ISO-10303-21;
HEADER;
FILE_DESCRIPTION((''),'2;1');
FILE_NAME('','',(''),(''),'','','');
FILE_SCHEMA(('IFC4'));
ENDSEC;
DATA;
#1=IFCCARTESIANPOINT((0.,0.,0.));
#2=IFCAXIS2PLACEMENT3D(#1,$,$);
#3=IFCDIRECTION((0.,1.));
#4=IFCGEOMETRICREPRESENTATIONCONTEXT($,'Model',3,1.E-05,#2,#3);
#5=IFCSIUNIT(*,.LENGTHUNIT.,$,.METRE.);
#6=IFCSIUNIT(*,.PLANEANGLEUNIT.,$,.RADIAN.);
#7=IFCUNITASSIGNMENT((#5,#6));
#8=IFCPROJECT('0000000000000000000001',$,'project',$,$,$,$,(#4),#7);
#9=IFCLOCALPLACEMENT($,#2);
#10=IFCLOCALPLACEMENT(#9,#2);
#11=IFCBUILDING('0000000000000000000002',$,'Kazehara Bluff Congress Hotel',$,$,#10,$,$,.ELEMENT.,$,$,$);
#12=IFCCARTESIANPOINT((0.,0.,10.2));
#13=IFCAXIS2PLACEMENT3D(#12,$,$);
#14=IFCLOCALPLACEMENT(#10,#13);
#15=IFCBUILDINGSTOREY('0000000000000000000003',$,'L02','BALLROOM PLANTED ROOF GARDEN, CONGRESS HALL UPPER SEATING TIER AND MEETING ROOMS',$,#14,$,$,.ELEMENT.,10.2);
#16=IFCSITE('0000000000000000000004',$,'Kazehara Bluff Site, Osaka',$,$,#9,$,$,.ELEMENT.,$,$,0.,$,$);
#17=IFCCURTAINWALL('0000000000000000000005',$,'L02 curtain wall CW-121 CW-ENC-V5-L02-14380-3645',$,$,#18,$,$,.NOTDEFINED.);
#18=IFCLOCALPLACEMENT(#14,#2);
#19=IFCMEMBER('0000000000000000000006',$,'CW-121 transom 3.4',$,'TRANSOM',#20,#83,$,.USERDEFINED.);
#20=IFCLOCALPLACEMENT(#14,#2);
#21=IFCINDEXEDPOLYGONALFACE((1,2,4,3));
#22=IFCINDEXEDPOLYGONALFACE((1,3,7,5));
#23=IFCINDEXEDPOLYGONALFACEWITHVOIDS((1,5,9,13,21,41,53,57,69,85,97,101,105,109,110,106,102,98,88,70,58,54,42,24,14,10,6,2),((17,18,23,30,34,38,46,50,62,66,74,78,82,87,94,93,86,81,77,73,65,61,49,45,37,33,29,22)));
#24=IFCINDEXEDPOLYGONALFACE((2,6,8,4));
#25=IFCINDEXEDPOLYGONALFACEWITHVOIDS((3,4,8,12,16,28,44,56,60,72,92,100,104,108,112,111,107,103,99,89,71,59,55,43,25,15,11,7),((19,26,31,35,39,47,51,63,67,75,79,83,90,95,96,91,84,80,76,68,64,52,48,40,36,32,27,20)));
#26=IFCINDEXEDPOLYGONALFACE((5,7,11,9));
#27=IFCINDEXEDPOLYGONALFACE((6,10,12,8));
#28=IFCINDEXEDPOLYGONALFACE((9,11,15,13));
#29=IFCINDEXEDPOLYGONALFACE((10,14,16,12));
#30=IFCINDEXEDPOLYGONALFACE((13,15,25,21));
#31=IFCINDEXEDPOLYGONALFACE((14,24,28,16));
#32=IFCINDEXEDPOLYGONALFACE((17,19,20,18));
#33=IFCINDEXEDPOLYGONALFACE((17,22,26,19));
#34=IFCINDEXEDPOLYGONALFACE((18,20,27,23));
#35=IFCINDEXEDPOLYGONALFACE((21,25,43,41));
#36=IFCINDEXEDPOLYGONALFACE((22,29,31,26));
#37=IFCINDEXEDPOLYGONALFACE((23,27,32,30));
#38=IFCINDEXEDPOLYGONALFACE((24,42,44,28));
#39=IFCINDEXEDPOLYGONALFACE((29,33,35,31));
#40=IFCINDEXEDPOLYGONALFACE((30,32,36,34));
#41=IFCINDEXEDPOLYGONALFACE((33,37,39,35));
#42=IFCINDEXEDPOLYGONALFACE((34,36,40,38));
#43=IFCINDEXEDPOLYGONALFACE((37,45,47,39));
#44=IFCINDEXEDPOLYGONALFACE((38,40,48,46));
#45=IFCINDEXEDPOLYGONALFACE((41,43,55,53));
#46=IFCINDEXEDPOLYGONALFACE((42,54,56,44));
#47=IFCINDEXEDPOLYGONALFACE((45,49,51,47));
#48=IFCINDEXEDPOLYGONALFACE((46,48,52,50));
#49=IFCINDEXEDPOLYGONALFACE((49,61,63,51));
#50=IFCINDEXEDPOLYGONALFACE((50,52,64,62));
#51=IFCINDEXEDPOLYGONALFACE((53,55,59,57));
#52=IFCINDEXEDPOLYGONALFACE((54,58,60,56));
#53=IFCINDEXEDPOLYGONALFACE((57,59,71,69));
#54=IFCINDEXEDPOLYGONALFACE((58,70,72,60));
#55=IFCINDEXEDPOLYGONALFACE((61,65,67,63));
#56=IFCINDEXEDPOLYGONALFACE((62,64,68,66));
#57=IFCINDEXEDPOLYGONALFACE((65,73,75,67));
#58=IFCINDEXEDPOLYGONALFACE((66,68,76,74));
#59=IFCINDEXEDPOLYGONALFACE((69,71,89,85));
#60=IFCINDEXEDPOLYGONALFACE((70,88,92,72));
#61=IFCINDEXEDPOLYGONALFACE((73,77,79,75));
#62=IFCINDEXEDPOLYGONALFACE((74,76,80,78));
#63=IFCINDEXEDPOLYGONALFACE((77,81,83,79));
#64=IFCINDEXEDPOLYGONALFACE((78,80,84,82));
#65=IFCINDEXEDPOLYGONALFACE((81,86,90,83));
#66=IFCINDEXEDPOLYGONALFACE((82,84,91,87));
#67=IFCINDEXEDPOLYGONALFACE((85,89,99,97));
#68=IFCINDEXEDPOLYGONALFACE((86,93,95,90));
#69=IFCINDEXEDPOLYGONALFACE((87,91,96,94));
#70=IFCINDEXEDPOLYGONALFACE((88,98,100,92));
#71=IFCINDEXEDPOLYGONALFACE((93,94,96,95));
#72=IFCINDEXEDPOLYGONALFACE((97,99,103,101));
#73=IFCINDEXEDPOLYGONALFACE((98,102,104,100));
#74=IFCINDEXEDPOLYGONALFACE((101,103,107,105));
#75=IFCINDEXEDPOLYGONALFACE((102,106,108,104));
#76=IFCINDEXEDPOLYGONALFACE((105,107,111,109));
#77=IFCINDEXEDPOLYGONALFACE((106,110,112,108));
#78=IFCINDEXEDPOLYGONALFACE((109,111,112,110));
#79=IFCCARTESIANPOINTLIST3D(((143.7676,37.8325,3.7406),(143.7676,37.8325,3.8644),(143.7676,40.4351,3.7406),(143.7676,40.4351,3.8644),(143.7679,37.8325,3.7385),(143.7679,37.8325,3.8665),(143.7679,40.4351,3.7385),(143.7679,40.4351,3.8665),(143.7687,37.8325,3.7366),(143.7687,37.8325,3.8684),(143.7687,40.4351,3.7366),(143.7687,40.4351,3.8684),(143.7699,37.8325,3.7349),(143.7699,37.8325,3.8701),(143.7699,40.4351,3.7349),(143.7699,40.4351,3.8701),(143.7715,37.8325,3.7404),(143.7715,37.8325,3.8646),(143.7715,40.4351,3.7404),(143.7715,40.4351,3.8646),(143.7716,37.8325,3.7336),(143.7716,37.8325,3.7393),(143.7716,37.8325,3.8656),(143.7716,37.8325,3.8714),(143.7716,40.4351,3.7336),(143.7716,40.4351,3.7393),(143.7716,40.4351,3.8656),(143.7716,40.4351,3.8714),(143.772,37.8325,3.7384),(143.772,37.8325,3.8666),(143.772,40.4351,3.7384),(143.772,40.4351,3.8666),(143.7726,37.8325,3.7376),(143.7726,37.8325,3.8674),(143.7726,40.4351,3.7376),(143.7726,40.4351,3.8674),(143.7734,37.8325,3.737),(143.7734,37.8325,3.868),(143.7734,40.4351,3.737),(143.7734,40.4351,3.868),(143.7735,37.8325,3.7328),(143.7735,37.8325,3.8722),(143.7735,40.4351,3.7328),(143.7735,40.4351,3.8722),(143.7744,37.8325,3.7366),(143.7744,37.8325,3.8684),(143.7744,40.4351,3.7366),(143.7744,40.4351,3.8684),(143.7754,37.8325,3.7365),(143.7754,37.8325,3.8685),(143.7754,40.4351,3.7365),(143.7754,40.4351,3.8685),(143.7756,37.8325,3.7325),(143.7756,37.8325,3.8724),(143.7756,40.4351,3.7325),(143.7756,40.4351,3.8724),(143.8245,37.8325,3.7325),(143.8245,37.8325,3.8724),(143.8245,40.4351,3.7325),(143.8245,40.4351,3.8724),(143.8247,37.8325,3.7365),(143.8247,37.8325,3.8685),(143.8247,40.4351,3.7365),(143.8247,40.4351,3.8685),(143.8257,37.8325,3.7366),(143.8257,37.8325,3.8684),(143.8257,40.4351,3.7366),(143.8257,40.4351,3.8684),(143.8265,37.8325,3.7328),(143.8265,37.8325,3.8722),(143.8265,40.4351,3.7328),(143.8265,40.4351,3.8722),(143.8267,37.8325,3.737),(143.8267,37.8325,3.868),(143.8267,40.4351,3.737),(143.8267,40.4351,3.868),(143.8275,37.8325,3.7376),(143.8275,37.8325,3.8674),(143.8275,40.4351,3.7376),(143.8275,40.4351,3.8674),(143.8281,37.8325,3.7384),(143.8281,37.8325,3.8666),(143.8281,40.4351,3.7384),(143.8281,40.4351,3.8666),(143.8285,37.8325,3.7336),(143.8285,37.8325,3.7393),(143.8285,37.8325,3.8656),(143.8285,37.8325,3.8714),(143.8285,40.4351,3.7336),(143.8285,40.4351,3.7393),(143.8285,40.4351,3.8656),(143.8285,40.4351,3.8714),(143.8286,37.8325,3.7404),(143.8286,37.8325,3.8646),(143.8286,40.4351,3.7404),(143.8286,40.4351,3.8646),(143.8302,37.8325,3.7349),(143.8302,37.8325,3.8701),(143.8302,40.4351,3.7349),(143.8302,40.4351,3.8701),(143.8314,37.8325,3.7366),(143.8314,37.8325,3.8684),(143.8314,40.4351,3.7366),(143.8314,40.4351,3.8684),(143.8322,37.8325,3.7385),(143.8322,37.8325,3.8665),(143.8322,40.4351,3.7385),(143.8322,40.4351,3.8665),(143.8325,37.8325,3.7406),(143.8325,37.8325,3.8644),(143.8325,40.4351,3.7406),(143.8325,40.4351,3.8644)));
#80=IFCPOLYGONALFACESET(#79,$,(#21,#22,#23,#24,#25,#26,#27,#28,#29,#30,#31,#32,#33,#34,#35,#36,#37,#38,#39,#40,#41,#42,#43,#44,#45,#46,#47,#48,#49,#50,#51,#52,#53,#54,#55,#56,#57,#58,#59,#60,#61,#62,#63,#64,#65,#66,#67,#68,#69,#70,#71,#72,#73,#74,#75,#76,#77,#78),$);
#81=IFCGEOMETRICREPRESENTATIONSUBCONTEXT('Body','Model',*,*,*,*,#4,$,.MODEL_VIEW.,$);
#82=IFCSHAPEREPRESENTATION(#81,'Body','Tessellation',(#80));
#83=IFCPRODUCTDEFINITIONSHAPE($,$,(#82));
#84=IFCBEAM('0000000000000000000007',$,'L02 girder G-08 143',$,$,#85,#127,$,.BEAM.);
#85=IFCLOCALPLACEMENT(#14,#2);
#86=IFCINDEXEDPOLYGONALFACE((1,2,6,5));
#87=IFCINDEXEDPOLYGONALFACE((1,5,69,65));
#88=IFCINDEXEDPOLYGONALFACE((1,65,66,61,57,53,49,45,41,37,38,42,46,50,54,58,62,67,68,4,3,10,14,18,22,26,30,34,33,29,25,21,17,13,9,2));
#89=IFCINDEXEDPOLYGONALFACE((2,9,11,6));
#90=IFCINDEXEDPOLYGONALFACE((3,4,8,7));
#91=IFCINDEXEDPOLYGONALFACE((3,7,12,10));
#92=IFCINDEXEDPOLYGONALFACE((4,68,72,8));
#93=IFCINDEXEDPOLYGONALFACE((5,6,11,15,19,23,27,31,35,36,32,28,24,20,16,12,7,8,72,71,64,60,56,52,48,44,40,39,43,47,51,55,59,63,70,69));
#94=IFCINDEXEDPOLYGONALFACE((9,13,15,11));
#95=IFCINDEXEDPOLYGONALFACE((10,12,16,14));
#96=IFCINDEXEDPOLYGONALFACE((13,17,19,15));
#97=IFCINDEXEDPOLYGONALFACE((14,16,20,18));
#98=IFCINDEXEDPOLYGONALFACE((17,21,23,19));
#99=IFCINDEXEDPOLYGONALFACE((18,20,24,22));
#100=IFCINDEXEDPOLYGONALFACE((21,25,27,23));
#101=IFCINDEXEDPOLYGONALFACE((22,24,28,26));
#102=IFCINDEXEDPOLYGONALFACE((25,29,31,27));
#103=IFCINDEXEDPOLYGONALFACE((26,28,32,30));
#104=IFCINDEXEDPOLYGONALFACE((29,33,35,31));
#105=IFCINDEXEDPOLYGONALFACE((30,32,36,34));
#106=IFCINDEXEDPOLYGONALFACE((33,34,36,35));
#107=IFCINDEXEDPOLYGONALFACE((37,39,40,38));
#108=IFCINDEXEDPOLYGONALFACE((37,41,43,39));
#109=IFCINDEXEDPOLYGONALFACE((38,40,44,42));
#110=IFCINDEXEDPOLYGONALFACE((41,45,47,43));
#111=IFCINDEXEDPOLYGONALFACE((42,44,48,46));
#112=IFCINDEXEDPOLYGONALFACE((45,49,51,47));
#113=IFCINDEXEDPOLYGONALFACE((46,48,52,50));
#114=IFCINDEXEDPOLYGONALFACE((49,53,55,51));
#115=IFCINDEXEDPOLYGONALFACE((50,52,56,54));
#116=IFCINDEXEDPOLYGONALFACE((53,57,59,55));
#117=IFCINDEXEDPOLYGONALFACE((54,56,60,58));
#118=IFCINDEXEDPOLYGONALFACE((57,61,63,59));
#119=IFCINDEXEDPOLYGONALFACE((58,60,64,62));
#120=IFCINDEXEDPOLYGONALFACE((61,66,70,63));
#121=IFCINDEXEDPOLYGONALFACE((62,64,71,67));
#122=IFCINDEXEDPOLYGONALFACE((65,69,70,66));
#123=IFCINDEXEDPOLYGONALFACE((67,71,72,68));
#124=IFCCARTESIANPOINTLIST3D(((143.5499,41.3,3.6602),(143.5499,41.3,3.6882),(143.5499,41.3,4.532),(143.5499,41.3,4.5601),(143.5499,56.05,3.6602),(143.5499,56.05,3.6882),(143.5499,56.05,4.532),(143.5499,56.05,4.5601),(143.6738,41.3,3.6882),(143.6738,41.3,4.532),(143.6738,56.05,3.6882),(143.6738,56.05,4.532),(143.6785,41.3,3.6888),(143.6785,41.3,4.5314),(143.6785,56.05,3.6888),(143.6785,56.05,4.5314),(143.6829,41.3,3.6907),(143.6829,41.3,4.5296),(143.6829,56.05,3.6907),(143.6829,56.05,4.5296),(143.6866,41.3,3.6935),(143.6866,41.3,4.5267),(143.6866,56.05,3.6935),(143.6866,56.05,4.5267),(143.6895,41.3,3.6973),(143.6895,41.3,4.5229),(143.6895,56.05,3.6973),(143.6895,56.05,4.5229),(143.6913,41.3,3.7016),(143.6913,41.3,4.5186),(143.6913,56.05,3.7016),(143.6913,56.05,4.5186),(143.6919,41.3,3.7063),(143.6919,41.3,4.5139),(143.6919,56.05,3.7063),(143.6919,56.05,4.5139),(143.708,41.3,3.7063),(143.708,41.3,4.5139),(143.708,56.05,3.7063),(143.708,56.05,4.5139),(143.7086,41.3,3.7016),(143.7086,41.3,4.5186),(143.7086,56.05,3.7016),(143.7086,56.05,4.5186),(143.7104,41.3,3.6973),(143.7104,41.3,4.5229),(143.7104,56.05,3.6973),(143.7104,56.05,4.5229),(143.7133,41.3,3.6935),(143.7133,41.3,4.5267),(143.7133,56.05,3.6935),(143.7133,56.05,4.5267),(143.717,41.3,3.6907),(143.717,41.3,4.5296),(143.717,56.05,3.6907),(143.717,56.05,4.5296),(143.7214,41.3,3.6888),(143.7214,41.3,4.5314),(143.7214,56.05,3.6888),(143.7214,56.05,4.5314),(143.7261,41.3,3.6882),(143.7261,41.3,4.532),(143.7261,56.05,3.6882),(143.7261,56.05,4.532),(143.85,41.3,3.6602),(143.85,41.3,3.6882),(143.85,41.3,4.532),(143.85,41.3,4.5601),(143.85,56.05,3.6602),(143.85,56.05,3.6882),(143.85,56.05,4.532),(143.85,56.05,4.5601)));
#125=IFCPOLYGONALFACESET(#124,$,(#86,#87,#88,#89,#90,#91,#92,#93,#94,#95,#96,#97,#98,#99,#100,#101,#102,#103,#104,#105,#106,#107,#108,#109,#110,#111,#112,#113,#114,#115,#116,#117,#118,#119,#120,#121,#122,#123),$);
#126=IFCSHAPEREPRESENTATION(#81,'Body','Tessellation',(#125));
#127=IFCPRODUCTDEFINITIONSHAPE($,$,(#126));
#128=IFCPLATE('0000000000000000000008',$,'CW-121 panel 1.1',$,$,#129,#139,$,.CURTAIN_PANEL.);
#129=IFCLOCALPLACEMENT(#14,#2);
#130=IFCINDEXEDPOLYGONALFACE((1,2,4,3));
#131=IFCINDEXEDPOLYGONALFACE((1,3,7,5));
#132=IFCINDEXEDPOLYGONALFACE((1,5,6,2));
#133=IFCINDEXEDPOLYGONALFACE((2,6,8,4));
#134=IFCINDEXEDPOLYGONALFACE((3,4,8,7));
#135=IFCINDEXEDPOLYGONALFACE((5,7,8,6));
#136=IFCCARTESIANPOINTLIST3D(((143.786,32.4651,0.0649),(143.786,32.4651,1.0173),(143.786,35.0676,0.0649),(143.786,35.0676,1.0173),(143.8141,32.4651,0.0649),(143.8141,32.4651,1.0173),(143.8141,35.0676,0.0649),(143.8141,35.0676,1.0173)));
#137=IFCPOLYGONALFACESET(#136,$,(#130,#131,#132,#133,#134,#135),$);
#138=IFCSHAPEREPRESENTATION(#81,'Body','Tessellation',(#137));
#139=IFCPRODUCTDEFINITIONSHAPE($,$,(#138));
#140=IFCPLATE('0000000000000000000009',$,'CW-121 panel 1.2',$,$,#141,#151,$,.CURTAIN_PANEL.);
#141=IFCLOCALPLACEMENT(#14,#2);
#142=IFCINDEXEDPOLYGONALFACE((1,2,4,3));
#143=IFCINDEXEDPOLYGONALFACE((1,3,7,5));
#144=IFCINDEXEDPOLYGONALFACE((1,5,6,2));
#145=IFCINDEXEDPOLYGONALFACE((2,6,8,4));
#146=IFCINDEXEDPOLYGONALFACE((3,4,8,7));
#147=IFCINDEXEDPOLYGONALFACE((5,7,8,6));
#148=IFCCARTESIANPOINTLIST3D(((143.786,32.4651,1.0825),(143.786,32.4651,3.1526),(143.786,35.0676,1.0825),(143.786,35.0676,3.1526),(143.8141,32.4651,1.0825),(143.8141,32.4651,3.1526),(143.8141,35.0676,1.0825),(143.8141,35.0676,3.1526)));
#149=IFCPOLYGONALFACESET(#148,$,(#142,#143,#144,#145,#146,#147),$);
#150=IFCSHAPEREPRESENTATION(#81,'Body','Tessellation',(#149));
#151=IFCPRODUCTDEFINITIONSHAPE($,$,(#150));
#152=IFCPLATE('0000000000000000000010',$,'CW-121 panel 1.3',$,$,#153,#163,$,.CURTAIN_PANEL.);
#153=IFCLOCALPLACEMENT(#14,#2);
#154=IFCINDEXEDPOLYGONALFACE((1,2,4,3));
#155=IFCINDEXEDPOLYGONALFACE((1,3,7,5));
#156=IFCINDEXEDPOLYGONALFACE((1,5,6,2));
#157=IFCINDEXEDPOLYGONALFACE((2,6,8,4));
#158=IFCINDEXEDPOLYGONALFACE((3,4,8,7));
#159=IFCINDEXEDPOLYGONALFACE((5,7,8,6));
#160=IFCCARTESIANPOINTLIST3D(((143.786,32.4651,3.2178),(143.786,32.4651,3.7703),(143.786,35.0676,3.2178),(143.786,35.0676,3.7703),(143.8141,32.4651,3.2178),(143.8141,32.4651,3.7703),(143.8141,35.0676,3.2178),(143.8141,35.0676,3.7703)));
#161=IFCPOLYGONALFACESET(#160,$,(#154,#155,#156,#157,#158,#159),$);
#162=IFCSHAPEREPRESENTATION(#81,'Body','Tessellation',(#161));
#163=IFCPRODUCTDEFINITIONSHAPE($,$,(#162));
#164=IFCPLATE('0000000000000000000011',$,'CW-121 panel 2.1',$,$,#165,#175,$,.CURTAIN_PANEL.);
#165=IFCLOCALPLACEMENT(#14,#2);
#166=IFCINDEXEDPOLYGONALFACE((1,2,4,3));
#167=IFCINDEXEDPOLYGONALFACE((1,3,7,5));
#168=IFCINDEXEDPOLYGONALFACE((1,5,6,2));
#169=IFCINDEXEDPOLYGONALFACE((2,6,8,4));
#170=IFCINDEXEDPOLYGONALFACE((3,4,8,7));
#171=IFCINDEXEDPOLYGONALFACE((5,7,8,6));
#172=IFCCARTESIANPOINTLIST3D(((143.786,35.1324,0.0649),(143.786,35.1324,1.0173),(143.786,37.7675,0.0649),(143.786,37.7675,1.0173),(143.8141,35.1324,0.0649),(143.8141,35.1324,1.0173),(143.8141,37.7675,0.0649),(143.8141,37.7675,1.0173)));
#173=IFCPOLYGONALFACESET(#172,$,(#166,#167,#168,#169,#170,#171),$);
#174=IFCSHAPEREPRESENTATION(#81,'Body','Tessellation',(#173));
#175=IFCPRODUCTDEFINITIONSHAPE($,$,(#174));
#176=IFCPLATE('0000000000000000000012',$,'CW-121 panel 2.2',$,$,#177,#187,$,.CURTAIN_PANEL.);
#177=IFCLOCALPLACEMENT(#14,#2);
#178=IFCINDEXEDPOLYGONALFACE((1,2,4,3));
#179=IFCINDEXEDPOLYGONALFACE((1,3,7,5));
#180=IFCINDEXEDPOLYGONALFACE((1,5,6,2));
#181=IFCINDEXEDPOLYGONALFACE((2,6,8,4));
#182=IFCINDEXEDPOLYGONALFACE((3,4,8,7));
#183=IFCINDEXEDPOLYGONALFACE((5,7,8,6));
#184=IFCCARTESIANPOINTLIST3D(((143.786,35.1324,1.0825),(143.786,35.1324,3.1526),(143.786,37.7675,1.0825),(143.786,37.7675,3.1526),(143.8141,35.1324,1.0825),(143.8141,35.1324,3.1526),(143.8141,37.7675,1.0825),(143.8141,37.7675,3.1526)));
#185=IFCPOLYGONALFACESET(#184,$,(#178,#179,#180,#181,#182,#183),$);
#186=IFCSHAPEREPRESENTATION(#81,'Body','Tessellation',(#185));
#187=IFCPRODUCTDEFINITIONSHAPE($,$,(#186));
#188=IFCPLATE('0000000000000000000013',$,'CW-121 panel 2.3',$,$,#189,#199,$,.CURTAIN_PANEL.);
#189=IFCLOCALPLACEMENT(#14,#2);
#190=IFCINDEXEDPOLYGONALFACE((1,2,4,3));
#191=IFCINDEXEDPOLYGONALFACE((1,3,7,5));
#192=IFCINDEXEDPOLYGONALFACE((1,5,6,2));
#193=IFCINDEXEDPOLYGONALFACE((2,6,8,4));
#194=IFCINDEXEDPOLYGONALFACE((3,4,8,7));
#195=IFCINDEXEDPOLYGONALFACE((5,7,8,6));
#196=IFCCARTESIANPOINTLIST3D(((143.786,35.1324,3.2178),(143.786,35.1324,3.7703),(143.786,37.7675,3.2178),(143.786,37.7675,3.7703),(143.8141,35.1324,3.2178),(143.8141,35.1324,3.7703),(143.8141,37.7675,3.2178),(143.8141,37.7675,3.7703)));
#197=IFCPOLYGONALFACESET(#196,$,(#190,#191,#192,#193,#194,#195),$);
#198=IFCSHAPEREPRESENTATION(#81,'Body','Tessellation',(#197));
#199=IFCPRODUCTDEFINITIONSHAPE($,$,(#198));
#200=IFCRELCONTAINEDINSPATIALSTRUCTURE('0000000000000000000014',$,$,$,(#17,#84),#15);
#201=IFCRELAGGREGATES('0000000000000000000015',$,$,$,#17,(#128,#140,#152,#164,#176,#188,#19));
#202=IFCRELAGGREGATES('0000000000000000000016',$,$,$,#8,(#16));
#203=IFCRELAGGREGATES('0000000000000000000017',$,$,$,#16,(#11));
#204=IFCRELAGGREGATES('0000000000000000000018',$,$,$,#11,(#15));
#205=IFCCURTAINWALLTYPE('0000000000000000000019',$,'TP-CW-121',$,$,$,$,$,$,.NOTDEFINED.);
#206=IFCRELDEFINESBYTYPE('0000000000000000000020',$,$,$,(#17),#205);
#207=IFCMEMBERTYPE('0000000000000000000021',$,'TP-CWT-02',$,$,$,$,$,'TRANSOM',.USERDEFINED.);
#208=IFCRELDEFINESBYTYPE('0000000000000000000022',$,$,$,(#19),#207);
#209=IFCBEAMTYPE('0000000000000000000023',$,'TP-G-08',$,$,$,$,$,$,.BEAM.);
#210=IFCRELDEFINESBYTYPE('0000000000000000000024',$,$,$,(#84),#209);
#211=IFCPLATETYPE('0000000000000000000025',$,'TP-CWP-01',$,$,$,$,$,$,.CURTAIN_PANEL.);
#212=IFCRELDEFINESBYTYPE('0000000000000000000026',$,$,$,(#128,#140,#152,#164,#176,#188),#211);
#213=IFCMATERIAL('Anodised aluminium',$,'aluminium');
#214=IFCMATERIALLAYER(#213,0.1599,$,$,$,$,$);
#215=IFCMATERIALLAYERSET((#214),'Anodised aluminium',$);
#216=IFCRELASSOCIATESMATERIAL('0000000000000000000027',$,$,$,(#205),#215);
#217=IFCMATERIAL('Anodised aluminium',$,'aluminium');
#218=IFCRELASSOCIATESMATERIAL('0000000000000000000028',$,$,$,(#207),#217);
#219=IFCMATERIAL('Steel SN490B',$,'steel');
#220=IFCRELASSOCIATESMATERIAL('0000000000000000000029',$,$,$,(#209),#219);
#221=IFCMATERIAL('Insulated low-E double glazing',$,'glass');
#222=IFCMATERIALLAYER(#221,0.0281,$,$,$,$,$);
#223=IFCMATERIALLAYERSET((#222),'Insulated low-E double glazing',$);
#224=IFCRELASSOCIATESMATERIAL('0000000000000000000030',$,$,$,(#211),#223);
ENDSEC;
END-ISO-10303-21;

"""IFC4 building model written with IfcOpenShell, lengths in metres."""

from ifc_helpers import new_model, si_unit, direction, frame, origin, origin_2d, place, context, subcontext, project, spatial, rectangle, hollow_rectangle, i_section, extrude, material, layer, layer_set, material_profile, profile_set, type_object, element, aggregate, save


model = new_model("IFC4")

# Units and contexts
model_context = context("Model", 3, precision=1e-05, world=origin(), true_north=direction((0.0, 1.0)))
body_context = subcontext(model_context, "Body", "Model", "MODEL_VIEW")
ifc_project = project(units=[si_unit("LENGTHUNIT", "METRE"), si_unit("PLANEANGLEUNIT", "RADIAN")], contexts=[model_context])

# Site, building, storey
site_placement = place(None, origin())
site = spatial("IfcSite", under=ifc_project, at=site_placement, Name="Kazehara Bluff Site, Osaka", CompositionType="ELEMENT", RefElevation=0.0)
building_placement = place(site_placement, origin())
building = spatial("IfcBuilding", under=site, at=building_placement, Name="Kazehara Bluff Congress Hotel", CompositionType="ELEMENT")
storey_placement = place(building_placement, frame((0.0, 0.0, 10.2)))
storey = spatial("IfcBuildingStorey", under=building, at=storey_placement, Name="L02", Description="BALLROOM PLANTED ROOF GARDEN, CONGRESS HALL UPPER SEATING TIER AND MEETING ROOMS", CompositionType="ELEMENT", Elevation=10.2)

# Curtain wall
ifc_material_1 = material(Name="Anodised aluminium", Category="aluminium")
ifc_layer_1 = layer(ifc_material_1, 0.1599)
ifc_layer_set_1 = layer_set([ifc_layer_1], Name="Anodised aluminium")
curtain_wall_type_1 = type_object("IfcCurtainWallType", Name="TP-CW-121", PredefinedType="NOTDEFINED", material=ifc_layer_set_1)
curtain_wall_1_placement = place(storey_placement, origin())
curtain_wall_1 = element("IfcCurtainWall", 1, at=curtain_wall_1_placement, inside=storey, type_object=curtain_wall_type_1, Name="L02 curtain wall CW-121 CW-ENC-V5-L02-14380-3645", PredefinedType="NOTDEFINED")

# Member
ifc_material_2 = material(Name="Anodised aluminium", Category="aluminium")
ifc_material_profile_1 = material_profile(ifc_material_2, hollow_rectangle(XDim=0.0649, YDim=0.1399, WallThickness=0.0039, InnerFilletRadius=0.0039, OuterFilletRadius=0.0081, at=origin_2d()))
ifc_profile_set_1 = profile_set([ifc_material_profile_1], Name="Anodised aluminium")
member_type_1 = type_object("IfcMemberType", Name="TP-CWT-02", ElementType="TRANSOM", PredefinedType="USERDEFINED", material=ifc_profile_set_1)
member_1_placement = place(storey_placement, frame((143.8, 37.8325, 3.8025), z_axis=(0.0, 1.0, 0.0), x_axis=(-1.0, 0.0, 0.0)))
member_1 = element("IfcMember", 2, at=member_1_placement, type_object=member_type_1, Name="CW-121 transom 3.4", ObjectType="TRANSOM", PredefinedType="USERDEFINED", context=body_context, shape_type="SweptSolid", body=[
    extrude(hollow_rectangle(XDim=0.0649, YDim=0.1399, WallThickness=0.0039, InnerFilletRadius=0.0039, OuterFilletRadius=0.0081, at=origin_2d()), origin(), (0.0, 0.0, 1.0), 2.6025),
])

# Beam
ifc_material_3 = material(Name="Steel SN490B", Category="steel")
ifc_material_profile_2 = material_profile(ifc_material_3, i_section(OverallWidth=0.3, OverallDepth=0.8999, WebThickness=0.0161, FlangeThickness=0.0281, FilletRadius=0.0181, at=origin_2d()))
ifc_profile_set_2 = profile_set([ifc_material_profile_2], Name="Steel SN490B")
beam_type = type_object("IfcBeamType", Name="TP-G-08", PredefinedType="BEAM", material=ifc_profile_set_2)
beam_placement = place(storey_placement, frame((143.7, 41.3, 4.1101), z_axis=(0.0, 1.0, 0.0), x_axis=(-1.0, 0.0, 0.0)))
element("IfcBeam", 3, at=beam_placement, inside=storey, type_object=beam_type, Name="L02 girder G-08 143", PredefinedType="BEAM", context=body_context, shape_type="SweptSolid", body=[
    extrude(i_section(OverallWidth=0.3, OverallDepth=0.8999, WebThickness=0.0161, FlangeThickness=0.0281, FilletRadius=0.0181, at=origin_2d()), origin(), (0.0, 0.0, 1.0), 14.75),
])

# Plates
ifc_material_4 = material(Name="Insulated low-E double glazing", Category="glass")
ifc_layer_2 = layer(ifc_material_4, 0.0281)
ifc_layer_set_2 = layer_set([ifc_layer_2], Name="Insulated low-E double glazing")
plate_type = type_object("IfcPlateType", Name="TP-CWP-01", PredefinedType="CURTAIN_PANEL", material=ifc_layer_set_2)
plate_1_placement = place(storey_placement, frame((143.8, 33.7664, 0.0649), z_axis=(0.0, 0.0, 1.0), x_axis=(0.0, 1.0, 0.0)))
plate_1 = element("IfcPlate", 4, at=plate_1_placement, type_object=plate_type, Name="CW-121 panel 1.1", PredefinedType="CURTAIN_PANEL", context=body_context, shape_type="SweptSolid", body=[
    extrude(rectangle(XDim=2.6025, YDim=0.0281, at=origin_2d()), origin(), (0.0, 0.0, 1.0), 0.9524),
])
plate_2_placement = place(storey_placement, frame((143.8, 33.7664, 1.0825), z_axis=(0.0, 0.0, 1.0), x_axis=(0.0, 1.0, 0.0)))
plate_2 = element("IfcPlate", 5, at=plate_2_placement, type_object=plate_type, Name="CW-121 panel 1.2", PredefinedType="CURTAIN_PANEL", context=body_context, shape_type="SweptSolid", body=[
    extrude(rectangle(XDim=2.6025, YDim=0.0281, at=origin_2d()), origin(), (0.0, 0.0, 1.0), 2.0701),
])
plate_3_placement = place(storey_placement, frame((143.8, 33.7664, 3.2178), z_axis=(0.0, 0.0, 1.0), x_axis=(0.0, 1.0, 0.0)))
plate_3 = element("IfcPlate", 6, at=plate_3_placement, type_object=plate_type, Name="CW-121 panel 1.3", PredefinedType="CURTAIN_PANEL", context=body_context, shape_type="SweptSolid", body=[
    extrude(rectangle(XDim=2.6025, YDim=0.0281, at=origin_2d()), origin(), (0.0, 0.0, 1.0), 0.5525),
])
plate_4_placement = place(storey_placement, frame((143.8, 36.45, 0.0649), z_axis=(0.0, 0.0, 1.0), x_axis=(0.0, 1.0, 0.0)))
plate_4 = element("IfcPlate", 7, at=plate_4_placement, type_object=plate_type, Name="CW-121 panel 2.1", PredefinedType="CURTAIN_PANEL", context=body_context, shape_type="SweptSolid", body=[
    extrude(rectangle(XDim=2.635, YDim=0.0281, at=origin_2d()), origin(), (0.0, 0.0, 1.0), 0.9524),
])
plate_5_placement = place(storey_placement, frame((143.8, 36.45, 1.0825), z_axis=(0.0, 0.0, 1.0), x_axis=(0.0, 1.0, 0.0)))
plate_5 = element("IfcPlate", 8, at=plate_5_placement, type_object=plate_type, Name="CW-121 panel 2.2", PredefinedType="CURTAIN_PANEL", context=body_context, shape_type="SweptSolid", body=[
    extrude(rectangle(XDim=2.635, YDim=0.0281, at=origin_2d()), origin(), (0.0, 0.0, 1.0), 2.0701),
])
plate_6_placement = place(storey_placement, frame((143.8, 36.45, 3.2178), z_axis=(0.0, 0.0, 1.0), x_axis=(0.0, 1.0, 0.0)))
plate_6 = element("IfcPlate", 9, at=plate_6_placement, type_object=plate_type, Name="CW-121 panel 2.3", PredefinedType="CURTAIN_PANEL", context=body_context, shape_type="SweptSolid", body=[
    extrude(rectangle(XDim=2.635, YDim=0.0281, at=origin_2d()), origin(), (0.0, 0.0, 1.0), 0.5525),
])
aggregate(curtain_wall_1, [plate_1, plate_2, plate_3, plate_4, plate_5, plate_6, member_1])

save(model, "model.ifc")
